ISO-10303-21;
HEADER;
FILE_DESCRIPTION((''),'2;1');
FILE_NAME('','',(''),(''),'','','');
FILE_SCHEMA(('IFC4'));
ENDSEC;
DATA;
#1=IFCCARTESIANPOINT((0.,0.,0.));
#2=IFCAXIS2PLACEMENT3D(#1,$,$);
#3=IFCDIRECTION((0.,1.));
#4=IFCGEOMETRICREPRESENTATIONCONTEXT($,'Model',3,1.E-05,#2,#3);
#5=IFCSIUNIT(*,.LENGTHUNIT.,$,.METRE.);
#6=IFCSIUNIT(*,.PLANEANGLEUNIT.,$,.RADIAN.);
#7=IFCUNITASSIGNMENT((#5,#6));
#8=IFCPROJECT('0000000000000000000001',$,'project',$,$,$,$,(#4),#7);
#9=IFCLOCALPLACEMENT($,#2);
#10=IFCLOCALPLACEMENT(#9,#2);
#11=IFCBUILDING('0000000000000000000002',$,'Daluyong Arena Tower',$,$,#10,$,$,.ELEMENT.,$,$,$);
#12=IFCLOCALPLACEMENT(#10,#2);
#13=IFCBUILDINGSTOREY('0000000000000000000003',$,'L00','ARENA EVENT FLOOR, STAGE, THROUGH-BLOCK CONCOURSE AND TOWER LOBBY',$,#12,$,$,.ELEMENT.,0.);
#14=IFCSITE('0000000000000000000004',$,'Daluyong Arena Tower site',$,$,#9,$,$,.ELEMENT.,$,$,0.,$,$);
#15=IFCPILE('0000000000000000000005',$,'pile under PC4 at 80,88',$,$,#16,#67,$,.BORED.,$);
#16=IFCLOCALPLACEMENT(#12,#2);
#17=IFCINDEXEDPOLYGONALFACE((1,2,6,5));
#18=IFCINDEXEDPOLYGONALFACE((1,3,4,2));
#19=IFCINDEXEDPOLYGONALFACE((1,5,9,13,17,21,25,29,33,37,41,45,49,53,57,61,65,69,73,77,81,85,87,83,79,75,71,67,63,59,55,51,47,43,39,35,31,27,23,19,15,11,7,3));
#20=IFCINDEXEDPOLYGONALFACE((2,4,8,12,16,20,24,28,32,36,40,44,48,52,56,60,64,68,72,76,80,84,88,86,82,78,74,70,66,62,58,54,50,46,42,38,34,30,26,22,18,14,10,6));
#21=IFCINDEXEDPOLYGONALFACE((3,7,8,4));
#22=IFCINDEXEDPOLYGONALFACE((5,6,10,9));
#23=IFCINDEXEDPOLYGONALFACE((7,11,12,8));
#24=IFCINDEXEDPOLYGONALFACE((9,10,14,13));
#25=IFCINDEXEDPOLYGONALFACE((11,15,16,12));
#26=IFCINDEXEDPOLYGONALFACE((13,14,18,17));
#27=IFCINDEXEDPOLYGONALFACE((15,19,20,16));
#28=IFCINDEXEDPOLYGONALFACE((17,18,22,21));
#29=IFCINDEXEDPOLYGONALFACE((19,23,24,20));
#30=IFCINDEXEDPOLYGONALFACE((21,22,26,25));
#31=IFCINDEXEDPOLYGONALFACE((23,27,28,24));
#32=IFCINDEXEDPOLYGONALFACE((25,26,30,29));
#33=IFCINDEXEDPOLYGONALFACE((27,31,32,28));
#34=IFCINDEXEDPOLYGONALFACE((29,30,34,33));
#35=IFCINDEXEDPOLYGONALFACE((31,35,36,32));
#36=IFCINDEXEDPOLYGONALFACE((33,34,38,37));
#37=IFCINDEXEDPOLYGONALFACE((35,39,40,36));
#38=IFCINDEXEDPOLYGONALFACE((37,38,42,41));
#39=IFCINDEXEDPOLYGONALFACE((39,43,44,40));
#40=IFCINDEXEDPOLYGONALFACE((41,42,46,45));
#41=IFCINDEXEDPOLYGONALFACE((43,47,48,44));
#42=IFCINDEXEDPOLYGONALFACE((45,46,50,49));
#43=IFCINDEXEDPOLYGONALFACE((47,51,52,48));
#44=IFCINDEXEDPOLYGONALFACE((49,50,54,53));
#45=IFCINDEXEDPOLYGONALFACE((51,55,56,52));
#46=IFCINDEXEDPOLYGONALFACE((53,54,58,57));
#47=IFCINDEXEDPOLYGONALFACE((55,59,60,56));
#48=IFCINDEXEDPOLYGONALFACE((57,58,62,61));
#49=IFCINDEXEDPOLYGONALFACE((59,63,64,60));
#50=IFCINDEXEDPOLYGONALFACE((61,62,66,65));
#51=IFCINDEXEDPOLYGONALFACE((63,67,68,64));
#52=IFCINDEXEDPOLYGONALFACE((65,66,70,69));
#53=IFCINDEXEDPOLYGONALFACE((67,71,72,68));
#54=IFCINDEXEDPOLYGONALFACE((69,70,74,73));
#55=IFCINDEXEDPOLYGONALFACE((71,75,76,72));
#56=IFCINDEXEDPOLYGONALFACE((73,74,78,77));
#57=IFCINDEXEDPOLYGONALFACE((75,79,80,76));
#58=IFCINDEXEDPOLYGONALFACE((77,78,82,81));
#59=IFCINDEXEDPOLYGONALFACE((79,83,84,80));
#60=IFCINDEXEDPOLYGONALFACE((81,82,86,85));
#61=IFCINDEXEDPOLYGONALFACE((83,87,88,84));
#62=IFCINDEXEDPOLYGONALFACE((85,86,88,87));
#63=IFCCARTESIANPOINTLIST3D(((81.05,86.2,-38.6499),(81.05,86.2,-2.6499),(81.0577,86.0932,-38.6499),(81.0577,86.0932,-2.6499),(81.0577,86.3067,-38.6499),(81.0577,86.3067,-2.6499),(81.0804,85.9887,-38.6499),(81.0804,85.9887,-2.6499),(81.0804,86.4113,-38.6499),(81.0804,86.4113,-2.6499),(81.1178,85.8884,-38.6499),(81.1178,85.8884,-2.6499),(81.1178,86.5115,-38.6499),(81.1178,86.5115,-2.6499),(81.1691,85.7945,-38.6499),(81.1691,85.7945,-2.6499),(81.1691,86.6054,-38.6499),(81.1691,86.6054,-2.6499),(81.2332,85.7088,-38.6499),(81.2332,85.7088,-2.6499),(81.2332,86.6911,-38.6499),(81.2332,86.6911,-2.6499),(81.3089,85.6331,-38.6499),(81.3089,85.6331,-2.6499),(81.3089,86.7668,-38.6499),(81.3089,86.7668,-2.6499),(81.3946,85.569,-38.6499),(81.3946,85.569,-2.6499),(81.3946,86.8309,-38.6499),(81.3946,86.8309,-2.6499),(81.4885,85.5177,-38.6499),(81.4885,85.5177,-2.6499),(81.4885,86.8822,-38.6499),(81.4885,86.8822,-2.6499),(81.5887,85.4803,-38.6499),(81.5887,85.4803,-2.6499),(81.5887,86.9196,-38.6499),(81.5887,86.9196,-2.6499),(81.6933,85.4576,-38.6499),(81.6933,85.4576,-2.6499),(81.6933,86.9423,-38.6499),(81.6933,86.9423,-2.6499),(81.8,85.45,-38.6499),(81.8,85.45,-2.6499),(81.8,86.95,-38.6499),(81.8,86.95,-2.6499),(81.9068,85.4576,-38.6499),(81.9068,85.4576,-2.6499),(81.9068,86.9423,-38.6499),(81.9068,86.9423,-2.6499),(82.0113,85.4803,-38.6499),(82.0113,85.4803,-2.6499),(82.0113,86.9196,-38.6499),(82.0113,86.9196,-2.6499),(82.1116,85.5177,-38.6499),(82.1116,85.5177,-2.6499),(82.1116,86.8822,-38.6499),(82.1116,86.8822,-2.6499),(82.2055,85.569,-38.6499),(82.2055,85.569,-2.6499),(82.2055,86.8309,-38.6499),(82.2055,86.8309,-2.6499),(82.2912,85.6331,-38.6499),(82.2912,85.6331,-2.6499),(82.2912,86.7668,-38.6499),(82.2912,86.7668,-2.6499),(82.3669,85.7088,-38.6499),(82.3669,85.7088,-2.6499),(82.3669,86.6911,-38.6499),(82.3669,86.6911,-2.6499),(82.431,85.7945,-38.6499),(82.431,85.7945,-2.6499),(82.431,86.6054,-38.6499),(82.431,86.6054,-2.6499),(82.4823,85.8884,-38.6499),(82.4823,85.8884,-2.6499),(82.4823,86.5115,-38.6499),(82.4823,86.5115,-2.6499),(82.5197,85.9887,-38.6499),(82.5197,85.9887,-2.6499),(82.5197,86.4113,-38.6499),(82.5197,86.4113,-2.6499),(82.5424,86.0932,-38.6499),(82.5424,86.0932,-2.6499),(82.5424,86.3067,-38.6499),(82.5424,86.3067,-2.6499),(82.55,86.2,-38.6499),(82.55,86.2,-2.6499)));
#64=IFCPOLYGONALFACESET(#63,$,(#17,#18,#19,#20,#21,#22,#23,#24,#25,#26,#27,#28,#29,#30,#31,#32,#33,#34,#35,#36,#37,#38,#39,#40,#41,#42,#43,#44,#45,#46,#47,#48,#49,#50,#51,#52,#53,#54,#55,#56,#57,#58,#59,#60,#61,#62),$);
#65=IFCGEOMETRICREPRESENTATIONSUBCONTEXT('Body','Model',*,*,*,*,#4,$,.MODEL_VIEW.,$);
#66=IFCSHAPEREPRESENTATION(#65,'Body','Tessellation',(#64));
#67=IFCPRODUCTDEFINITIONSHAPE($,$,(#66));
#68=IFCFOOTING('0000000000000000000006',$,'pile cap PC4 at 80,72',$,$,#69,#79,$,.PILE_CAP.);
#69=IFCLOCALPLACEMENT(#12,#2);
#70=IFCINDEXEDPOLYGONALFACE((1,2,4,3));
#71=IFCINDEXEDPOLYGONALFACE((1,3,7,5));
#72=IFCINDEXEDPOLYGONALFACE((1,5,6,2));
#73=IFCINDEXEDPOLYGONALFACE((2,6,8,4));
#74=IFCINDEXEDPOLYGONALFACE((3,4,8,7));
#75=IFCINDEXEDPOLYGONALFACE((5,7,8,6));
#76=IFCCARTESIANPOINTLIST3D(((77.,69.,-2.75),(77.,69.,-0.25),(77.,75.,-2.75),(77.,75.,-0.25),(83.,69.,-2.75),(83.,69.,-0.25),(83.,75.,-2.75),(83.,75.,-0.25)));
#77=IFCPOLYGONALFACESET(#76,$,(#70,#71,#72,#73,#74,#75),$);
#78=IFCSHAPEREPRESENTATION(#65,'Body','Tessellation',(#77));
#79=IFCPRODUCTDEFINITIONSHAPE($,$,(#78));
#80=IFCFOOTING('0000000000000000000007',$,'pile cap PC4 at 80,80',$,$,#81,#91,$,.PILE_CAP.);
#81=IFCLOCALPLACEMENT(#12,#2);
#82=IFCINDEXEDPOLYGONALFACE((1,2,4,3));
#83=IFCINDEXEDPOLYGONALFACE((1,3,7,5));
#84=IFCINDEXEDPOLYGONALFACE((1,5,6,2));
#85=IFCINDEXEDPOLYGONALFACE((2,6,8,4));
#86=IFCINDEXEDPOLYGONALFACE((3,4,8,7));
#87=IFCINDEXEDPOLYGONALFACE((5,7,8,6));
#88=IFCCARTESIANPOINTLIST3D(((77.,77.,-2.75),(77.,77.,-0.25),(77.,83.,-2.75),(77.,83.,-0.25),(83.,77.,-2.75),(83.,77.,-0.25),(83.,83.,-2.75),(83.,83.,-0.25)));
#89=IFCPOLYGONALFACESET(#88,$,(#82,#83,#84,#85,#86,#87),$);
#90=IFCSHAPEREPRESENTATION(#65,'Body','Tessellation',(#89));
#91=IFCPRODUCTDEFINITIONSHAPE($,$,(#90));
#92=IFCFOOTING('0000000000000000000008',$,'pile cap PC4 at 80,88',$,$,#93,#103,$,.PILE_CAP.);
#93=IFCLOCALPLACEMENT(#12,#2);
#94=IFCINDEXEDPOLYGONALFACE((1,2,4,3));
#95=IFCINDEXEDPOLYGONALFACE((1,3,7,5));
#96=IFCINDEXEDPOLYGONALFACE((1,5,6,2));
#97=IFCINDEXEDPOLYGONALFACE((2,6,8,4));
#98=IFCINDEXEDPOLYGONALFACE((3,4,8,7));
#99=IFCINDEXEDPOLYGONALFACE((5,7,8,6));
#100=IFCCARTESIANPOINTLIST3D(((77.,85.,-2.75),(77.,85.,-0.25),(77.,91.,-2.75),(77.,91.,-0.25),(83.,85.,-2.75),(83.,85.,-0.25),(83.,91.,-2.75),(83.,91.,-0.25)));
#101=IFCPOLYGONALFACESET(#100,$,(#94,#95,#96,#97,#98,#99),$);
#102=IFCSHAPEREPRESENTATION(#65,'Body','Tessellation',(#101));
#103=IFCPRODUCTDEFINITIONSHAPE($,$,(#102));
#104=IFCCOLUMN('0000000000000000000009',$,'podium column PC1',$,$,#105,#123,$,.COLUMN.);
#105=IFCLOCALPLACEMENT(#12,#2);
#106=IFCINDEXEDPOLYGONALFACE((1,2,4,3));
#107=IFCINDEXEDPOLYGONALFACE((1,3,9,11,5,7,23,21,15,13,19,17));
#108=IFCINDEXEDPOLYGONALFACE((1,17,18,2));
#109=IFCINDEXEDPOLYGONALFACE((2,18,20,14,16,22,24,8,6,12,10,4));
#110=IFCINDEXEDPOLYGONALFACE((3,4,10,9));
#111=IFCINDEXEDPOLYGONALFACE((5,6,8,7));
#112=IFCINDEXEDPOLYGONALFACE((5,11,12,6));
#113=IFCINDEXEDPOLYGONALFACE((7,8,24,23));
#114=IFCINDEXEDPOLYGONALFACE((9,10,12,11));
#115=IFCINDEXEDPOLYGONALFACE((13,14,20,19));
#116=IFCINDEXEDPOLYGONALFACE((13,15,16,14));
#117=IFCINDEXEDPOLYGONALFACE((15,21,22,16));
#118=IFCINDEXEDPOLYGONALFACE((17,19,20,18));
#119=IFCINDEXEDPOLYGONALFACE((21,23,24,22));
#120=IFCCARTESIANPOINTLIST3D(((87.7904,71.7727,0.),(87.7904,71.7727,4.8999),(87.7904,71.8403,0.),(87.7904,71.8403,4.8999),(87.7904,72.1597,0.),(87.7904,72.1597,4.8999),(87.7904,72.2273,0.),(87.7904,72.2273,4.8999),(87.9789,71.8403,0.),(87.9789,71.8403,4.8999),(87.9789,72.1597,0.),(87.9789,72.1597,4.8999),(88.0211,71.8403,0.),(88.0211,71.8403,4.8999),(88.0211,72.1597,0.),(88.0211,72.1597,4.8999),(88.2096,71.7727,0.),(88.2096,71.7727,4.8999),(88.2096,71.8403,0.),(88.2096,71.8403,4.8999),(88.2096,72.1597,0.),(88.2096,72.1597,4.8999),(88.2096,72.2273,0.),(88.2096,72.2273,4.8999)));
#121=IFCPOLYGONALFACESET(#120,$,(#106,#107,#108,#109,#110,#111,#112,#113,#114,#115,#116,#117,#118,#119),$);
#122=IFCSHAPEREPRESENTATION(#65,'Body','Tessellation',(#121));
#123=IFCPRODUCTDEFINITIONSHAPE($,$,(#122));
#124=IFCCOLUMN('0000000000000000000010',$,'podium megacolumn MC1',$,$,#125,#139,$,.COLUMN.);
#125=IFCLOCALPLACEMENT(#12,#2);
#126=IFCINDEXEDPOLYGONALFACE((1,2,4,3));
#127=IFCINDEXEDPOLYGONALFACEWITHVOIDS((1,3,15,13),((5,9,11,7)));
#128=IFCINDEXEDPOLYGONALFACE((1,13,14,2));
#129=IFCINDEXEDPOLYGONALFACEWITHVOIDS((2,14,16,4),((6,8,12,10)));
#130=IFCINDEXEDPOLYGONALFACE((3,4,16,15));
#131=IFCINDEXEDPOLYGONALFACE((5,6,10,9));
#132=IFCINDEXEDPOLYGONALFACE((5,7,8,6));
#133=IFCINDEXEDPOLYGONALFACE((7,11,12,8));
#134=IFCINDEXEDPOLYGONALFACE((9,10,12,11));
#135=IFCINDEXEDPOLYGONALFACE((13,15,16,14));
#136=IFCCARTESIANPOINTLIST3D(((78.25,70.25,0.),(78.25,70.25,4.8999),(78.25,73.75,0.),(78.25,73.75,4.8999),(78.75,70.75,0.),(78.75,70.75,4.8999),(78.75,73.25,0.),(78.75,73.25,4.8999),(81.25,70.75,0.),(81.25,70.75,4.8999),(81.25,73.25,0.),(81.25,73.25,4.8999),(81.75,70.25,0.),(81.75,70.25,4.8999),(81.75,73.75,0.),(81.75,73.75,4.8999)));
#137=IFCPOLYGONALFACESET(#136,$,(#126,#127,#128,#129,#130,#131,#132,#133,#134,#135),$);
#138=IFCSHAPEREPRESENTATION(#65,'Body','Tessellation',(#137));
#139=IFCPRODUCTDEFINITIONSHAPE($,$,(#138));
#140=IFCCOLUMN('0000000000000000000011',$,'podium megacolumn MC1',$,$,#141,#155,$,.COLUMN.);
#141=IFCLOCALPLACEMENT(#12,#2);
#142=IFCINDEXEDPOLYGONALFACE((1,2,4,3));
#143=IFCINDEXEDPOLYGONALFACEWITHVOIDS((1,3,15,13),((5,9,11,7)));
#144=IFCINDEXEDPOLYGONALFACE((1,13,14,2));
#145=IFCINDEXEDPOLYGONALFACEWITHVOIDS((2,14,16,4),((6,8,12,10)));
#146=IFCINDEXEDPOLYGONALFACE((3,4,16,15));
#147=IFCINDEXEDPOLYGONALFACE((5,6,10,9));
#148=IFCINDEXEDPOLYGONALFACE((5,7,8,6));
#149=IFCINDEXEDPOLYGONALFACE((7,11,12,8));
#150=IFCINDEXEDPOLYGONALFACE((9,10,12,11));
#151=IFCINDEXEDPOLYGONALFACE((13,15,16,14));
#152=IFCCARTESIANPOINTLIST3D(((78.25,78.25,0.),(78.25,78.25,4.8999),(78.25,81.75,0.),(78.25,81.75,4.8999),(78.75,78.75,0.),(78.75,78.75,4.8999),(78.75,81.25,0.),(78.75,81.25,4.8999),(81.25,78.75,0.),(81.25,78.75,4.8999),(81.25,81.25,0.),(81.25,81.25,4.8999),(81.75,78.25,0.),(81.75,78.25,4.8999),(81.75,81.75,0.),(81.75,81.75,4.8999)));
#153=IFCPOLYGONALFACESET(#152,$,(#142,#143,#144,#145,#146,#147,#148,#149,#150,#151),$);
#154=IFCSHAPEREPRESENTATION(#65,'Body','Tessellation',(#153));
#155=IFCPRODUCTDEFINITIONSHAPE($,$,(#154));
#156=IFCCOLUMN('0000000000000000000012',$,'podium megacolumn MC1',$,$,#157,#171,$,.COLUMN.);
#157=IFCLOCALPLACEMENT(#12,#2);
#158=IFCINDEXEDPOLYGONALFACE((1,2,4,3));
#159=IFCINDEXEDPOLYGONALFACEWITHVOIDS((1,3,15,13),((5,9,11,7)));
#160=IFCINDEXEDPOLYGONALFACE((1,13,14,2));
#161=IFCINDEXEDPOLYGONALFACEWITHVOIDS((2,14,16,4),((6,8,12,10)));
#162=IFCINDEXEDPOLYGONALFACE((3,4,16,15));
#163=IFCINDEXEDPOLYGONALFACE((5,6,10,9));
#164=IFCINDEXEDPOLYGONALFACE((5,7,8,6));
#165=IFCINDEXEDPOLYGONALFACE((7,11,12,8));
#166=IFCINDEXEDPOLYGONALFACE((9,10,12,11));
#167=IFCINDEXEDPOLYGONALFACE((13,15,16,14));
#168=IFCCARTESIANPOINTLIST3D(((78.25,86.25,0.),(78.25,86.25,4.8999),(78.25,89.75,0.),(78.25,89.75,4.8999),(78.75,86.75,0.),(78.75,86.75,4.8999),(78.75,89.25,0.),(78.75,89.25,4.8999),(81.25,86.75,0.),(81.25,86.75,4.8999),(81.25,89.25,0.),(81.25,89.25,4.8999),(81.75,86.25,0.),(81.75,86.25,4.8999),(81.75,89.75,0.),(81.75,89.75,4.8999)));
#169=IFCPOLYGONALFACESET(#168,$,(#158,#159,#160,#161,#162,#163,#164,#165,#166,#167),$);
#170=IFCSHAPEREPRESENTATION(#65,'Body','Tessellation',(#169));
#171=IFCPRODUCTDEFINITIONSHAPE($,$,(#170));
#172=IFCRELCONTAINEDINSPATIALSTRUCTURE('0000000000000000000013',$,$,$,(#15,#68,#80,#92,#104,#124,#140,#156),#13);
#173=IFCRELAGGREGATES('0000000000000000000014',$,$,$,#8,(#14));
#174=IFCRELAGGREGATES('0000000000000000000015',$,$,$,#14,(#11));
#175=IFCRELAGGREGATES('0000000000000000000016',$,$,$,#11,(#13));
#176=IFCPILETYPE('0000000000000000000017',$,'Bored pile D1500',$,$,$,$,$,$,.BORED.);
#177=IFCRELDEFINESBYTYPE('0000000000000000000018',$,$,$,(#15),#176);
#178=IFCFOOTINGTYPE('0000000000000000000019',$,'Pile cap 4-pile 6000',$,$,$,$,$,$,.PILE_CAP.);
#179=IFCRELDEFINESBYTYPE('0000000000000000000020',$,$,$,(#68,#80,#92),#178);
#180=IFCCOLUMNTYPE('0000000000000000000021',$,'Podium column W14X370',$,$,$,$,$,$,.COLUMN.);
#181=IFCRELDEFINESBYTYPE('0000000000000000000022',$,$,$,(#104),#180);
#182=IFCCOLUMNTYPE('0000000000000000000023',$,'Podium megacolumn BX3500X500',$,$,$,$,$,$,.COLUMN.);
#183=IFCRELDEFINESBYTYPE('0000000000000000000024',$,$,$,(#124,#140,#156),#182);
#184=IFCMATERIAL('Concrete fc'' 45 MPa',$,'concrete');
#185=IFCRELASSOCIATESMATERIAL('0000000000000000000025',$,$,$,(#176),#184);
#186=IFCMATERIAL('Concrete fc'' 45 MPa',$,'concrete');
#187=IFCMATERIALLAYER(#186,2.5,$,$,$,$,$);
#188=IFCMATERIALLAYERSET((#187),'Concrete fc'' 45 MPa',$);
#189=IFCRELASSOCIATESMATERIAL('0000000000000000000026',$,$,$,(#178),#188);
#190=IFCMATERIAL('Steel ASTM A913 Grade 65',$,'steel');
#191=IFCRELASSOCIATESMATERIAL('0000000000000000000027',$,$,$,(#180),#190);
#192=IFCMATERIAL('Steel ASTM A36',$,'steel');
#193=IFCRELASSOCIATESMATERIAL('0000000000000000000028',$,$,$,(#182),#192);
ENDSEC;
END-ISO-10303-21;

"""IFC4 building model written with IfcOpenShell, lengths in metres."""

from ifc_helpers import new_model, si_unit, direction, frame, origin, origin_2d, place, context, subcontext, project, spatial, rectangle, hollow_rectangle, circle, i_section, extrude, material, layer, layer_set, material_profile, profile_set, type_object, element, save


model = new_model("IFC4")

# Units and contexts
model_context = context("Model", 3, precision=1e-05, world=origin(), true_north=direction((0.0, 1.0)))
body_context = subcontext(model_context, "Body", "Model", "MODEL_VIEW")
ifc_project = project(units=[si_unit("LENGTHUNIT", "METRE"), si_unit("PLANEANGLEUNIT", "RADIAN")], contexts=[model_context])

# Site, building, storey
site_placement = place(None, origin())
site = spatial("IfcSite", under=ifc_project, at=site_placement, Name="Daluyong Arena Tower site", CompositionType="ELEMENT", RefElevation=0.0)
building_placement = place(site_placement, origin())
building = spatial("IfcBuilding", under=site, at=building_placement, Name="Daluyong Arena Tower", CompositionType="ELEMENT")
storey_placement = place(building_placement, origin())
storey = spatial("IfcBuildingStorey", under=building, at=storey_placement, Name="L00", Description="ARENA EVENT FLOOR, STAGE, THROUGH-BLOCK CONCOURSE AND TOWER LOBBY", CompositionType="ELEMENT", Elevation=0.0)

# Pile
ifc_material_1 = material(Name="Concrete fc' 45 MPa", Category="concrete")
pile_type_1 = type_object("IfcPileType", Name="Bored pile D1500", PredefinedType="BORED", material=ifc_material_1)
for number, where, z_axis, x_axis, name in (
    (1, (81.8, 86.2, -2.6499), (0.0, 0.0, -1.0), (1.0, 0.0, 0.0), "pile under PC4 at 80,88"),
):
    element("IfcPile", number, at=place(storey_placement, frame(where, z_axis=z_axis, x_axis=x_axis)), inside=storey, type_object=pile_type_1, Name=name, PredefinedType="BORED", context=body_context, shape_type="SweptSolid", body=[
        extrude(circle(Radius=0.75, at=origin_2d()), origin(), (0.0, 0.0, 1.0), 36.0),
    ])

# Footings
ifc_material_2 = material(Name="Concrete fc' 45 MPa", Category="concrete")
ifc_layer_1 = layer(ifc_material_2, 2.5)
ifc_layer_set_1 = layer_set([ifc_layer_1], Name="Concrete fc' 45 MPa")
footing_type = type_object("IfcFootingType", Name="Pile cap 4-pile 6000", PredefinedType="PILE_CAP", material=ifc_layer_set_1)
for number, where, z_axis, x_axis, name in (
    (2, (80.0, 72.0, -2.75), (0.0, 0.0, 1.0), (1.0, 0.0, 0.0), "pile cap PC4 at 80,72"),
    (3, (80.0, 80.0, -2.75), (0.0, 0.0, 1.0), (1.0, 0.0, 0.0), "pile cap PC4 at 80,80"),
    (4, (80.0, 88.0, -2.75), (0.0, 0.0, 1.0), (1.0, 0.0, 0.0), "pile cap PC4 at 80,88"),
):
    element("IfcFooting", number, at=place(storey_placement, frame(where, z_axis=z_axis, x_axis=x_axis)), inside=storey, type_object=footing_type, Name=name, PredefinedType="PILE_CAP", context=body_context, shape_type="SweptSolid", body=[
        extrude(rectangle(XDim=6.0, YDim=6.0, at=origin_2d()), origin(), (0.0, 0.0, 1.0), 2.5),
    ])

# Columns
ifc_material_3 = material(Name="Steel ASTM A913 Grade 65", Category="steel")
ifc_material_profile_1 = material_profile(ifc_material_3, i_section(OverallWidth=0.4192, OverallDepth=0.4546, WebThickness=0.0422, FlangeThickness=0.0676, at=origin_2d()))
ifc_profile_set_1 = profile_set([ifc_material_profile_1], Name="Steel ASTM A913 Grade 65")
column_type_1 = type_object("IfcColumnType", Name="Podium column W14X370", PredefinedType="COLUMN", material=ifc_profile_set_1)
column_placement = place(storey_placement, frame((88.0, 72.0, 0.0), z_axis=(0.0, 0.0, 1.0), x_axis=(1.0, 0.0, 0.0)))
element("IfcColumn", 5, at=column_placement, inside=storey, type_object=column_type_1, Name="podium column PC1", PredefinedType="COLUMN", context=body_context, shape_type="SweptSolid", body=[
    extrude(i_section(OverallWidth=0.4192, OverallDepth=0.4546, WebThickness=0.0422, FlangeThickness=0.0676, at=origin_2d()), origin(), (0.0, 0.0, 1.0), 4.8999),
])
ifc_material_4 = material(Name="Steel ASTM A36", Category="steel")
ifc_material_profile_2 = material_profile(ifc_material_4, hollow_rectangle(XDim=3.5, YDim=3.5, WallThickness=0.5, at=origin_2d()))
ifc_profile_set_2 = profile_set([ifc_material_profile_2], Name="Steel ASTM A36")
column_type_2 = type_object("IfcColumnType", Name="Podium megacolumn BX3500X500", PredefinedType="COLUMN", material=ifc_profile_set_2)
for number, where, z_axis, x_axis, name in (
    (6, (80.0, 72.0, 0.0), (0.0, 0.0, 1.0), (1.0, 0.0, 0.0), "podium megacolumn MC1"),
    (7, (80.0, 80.0, 0.0), (0.0, 0.0, 1.0), (1.0, 0.0, 0.0), "podium megacolumn MC1"),
    (8, (80.0, 88.0, 0.0), (0.0, 0.0, 1.0), (1.0, 0.0, 0.0), "podium megacolumn MC1"),
):
    element("IfcColumn", number, at=place(storey_placement, frame(where, z_axis=z_axis, x_axis=x_axis)), inside=storey, type_object=column_type_2, Name=name, PredefinedType="COLUMN", context=body_context, shape_type="SweptSolid", body=[
        extrude(hollow_rectangle(XDim=3.5, YDim=3.5, WallThickness=0.5, at=origin_2d()), origin(), (0.0, 0.0, 1.0), 4.8999),
    ])

save(model, "model.ifc")
